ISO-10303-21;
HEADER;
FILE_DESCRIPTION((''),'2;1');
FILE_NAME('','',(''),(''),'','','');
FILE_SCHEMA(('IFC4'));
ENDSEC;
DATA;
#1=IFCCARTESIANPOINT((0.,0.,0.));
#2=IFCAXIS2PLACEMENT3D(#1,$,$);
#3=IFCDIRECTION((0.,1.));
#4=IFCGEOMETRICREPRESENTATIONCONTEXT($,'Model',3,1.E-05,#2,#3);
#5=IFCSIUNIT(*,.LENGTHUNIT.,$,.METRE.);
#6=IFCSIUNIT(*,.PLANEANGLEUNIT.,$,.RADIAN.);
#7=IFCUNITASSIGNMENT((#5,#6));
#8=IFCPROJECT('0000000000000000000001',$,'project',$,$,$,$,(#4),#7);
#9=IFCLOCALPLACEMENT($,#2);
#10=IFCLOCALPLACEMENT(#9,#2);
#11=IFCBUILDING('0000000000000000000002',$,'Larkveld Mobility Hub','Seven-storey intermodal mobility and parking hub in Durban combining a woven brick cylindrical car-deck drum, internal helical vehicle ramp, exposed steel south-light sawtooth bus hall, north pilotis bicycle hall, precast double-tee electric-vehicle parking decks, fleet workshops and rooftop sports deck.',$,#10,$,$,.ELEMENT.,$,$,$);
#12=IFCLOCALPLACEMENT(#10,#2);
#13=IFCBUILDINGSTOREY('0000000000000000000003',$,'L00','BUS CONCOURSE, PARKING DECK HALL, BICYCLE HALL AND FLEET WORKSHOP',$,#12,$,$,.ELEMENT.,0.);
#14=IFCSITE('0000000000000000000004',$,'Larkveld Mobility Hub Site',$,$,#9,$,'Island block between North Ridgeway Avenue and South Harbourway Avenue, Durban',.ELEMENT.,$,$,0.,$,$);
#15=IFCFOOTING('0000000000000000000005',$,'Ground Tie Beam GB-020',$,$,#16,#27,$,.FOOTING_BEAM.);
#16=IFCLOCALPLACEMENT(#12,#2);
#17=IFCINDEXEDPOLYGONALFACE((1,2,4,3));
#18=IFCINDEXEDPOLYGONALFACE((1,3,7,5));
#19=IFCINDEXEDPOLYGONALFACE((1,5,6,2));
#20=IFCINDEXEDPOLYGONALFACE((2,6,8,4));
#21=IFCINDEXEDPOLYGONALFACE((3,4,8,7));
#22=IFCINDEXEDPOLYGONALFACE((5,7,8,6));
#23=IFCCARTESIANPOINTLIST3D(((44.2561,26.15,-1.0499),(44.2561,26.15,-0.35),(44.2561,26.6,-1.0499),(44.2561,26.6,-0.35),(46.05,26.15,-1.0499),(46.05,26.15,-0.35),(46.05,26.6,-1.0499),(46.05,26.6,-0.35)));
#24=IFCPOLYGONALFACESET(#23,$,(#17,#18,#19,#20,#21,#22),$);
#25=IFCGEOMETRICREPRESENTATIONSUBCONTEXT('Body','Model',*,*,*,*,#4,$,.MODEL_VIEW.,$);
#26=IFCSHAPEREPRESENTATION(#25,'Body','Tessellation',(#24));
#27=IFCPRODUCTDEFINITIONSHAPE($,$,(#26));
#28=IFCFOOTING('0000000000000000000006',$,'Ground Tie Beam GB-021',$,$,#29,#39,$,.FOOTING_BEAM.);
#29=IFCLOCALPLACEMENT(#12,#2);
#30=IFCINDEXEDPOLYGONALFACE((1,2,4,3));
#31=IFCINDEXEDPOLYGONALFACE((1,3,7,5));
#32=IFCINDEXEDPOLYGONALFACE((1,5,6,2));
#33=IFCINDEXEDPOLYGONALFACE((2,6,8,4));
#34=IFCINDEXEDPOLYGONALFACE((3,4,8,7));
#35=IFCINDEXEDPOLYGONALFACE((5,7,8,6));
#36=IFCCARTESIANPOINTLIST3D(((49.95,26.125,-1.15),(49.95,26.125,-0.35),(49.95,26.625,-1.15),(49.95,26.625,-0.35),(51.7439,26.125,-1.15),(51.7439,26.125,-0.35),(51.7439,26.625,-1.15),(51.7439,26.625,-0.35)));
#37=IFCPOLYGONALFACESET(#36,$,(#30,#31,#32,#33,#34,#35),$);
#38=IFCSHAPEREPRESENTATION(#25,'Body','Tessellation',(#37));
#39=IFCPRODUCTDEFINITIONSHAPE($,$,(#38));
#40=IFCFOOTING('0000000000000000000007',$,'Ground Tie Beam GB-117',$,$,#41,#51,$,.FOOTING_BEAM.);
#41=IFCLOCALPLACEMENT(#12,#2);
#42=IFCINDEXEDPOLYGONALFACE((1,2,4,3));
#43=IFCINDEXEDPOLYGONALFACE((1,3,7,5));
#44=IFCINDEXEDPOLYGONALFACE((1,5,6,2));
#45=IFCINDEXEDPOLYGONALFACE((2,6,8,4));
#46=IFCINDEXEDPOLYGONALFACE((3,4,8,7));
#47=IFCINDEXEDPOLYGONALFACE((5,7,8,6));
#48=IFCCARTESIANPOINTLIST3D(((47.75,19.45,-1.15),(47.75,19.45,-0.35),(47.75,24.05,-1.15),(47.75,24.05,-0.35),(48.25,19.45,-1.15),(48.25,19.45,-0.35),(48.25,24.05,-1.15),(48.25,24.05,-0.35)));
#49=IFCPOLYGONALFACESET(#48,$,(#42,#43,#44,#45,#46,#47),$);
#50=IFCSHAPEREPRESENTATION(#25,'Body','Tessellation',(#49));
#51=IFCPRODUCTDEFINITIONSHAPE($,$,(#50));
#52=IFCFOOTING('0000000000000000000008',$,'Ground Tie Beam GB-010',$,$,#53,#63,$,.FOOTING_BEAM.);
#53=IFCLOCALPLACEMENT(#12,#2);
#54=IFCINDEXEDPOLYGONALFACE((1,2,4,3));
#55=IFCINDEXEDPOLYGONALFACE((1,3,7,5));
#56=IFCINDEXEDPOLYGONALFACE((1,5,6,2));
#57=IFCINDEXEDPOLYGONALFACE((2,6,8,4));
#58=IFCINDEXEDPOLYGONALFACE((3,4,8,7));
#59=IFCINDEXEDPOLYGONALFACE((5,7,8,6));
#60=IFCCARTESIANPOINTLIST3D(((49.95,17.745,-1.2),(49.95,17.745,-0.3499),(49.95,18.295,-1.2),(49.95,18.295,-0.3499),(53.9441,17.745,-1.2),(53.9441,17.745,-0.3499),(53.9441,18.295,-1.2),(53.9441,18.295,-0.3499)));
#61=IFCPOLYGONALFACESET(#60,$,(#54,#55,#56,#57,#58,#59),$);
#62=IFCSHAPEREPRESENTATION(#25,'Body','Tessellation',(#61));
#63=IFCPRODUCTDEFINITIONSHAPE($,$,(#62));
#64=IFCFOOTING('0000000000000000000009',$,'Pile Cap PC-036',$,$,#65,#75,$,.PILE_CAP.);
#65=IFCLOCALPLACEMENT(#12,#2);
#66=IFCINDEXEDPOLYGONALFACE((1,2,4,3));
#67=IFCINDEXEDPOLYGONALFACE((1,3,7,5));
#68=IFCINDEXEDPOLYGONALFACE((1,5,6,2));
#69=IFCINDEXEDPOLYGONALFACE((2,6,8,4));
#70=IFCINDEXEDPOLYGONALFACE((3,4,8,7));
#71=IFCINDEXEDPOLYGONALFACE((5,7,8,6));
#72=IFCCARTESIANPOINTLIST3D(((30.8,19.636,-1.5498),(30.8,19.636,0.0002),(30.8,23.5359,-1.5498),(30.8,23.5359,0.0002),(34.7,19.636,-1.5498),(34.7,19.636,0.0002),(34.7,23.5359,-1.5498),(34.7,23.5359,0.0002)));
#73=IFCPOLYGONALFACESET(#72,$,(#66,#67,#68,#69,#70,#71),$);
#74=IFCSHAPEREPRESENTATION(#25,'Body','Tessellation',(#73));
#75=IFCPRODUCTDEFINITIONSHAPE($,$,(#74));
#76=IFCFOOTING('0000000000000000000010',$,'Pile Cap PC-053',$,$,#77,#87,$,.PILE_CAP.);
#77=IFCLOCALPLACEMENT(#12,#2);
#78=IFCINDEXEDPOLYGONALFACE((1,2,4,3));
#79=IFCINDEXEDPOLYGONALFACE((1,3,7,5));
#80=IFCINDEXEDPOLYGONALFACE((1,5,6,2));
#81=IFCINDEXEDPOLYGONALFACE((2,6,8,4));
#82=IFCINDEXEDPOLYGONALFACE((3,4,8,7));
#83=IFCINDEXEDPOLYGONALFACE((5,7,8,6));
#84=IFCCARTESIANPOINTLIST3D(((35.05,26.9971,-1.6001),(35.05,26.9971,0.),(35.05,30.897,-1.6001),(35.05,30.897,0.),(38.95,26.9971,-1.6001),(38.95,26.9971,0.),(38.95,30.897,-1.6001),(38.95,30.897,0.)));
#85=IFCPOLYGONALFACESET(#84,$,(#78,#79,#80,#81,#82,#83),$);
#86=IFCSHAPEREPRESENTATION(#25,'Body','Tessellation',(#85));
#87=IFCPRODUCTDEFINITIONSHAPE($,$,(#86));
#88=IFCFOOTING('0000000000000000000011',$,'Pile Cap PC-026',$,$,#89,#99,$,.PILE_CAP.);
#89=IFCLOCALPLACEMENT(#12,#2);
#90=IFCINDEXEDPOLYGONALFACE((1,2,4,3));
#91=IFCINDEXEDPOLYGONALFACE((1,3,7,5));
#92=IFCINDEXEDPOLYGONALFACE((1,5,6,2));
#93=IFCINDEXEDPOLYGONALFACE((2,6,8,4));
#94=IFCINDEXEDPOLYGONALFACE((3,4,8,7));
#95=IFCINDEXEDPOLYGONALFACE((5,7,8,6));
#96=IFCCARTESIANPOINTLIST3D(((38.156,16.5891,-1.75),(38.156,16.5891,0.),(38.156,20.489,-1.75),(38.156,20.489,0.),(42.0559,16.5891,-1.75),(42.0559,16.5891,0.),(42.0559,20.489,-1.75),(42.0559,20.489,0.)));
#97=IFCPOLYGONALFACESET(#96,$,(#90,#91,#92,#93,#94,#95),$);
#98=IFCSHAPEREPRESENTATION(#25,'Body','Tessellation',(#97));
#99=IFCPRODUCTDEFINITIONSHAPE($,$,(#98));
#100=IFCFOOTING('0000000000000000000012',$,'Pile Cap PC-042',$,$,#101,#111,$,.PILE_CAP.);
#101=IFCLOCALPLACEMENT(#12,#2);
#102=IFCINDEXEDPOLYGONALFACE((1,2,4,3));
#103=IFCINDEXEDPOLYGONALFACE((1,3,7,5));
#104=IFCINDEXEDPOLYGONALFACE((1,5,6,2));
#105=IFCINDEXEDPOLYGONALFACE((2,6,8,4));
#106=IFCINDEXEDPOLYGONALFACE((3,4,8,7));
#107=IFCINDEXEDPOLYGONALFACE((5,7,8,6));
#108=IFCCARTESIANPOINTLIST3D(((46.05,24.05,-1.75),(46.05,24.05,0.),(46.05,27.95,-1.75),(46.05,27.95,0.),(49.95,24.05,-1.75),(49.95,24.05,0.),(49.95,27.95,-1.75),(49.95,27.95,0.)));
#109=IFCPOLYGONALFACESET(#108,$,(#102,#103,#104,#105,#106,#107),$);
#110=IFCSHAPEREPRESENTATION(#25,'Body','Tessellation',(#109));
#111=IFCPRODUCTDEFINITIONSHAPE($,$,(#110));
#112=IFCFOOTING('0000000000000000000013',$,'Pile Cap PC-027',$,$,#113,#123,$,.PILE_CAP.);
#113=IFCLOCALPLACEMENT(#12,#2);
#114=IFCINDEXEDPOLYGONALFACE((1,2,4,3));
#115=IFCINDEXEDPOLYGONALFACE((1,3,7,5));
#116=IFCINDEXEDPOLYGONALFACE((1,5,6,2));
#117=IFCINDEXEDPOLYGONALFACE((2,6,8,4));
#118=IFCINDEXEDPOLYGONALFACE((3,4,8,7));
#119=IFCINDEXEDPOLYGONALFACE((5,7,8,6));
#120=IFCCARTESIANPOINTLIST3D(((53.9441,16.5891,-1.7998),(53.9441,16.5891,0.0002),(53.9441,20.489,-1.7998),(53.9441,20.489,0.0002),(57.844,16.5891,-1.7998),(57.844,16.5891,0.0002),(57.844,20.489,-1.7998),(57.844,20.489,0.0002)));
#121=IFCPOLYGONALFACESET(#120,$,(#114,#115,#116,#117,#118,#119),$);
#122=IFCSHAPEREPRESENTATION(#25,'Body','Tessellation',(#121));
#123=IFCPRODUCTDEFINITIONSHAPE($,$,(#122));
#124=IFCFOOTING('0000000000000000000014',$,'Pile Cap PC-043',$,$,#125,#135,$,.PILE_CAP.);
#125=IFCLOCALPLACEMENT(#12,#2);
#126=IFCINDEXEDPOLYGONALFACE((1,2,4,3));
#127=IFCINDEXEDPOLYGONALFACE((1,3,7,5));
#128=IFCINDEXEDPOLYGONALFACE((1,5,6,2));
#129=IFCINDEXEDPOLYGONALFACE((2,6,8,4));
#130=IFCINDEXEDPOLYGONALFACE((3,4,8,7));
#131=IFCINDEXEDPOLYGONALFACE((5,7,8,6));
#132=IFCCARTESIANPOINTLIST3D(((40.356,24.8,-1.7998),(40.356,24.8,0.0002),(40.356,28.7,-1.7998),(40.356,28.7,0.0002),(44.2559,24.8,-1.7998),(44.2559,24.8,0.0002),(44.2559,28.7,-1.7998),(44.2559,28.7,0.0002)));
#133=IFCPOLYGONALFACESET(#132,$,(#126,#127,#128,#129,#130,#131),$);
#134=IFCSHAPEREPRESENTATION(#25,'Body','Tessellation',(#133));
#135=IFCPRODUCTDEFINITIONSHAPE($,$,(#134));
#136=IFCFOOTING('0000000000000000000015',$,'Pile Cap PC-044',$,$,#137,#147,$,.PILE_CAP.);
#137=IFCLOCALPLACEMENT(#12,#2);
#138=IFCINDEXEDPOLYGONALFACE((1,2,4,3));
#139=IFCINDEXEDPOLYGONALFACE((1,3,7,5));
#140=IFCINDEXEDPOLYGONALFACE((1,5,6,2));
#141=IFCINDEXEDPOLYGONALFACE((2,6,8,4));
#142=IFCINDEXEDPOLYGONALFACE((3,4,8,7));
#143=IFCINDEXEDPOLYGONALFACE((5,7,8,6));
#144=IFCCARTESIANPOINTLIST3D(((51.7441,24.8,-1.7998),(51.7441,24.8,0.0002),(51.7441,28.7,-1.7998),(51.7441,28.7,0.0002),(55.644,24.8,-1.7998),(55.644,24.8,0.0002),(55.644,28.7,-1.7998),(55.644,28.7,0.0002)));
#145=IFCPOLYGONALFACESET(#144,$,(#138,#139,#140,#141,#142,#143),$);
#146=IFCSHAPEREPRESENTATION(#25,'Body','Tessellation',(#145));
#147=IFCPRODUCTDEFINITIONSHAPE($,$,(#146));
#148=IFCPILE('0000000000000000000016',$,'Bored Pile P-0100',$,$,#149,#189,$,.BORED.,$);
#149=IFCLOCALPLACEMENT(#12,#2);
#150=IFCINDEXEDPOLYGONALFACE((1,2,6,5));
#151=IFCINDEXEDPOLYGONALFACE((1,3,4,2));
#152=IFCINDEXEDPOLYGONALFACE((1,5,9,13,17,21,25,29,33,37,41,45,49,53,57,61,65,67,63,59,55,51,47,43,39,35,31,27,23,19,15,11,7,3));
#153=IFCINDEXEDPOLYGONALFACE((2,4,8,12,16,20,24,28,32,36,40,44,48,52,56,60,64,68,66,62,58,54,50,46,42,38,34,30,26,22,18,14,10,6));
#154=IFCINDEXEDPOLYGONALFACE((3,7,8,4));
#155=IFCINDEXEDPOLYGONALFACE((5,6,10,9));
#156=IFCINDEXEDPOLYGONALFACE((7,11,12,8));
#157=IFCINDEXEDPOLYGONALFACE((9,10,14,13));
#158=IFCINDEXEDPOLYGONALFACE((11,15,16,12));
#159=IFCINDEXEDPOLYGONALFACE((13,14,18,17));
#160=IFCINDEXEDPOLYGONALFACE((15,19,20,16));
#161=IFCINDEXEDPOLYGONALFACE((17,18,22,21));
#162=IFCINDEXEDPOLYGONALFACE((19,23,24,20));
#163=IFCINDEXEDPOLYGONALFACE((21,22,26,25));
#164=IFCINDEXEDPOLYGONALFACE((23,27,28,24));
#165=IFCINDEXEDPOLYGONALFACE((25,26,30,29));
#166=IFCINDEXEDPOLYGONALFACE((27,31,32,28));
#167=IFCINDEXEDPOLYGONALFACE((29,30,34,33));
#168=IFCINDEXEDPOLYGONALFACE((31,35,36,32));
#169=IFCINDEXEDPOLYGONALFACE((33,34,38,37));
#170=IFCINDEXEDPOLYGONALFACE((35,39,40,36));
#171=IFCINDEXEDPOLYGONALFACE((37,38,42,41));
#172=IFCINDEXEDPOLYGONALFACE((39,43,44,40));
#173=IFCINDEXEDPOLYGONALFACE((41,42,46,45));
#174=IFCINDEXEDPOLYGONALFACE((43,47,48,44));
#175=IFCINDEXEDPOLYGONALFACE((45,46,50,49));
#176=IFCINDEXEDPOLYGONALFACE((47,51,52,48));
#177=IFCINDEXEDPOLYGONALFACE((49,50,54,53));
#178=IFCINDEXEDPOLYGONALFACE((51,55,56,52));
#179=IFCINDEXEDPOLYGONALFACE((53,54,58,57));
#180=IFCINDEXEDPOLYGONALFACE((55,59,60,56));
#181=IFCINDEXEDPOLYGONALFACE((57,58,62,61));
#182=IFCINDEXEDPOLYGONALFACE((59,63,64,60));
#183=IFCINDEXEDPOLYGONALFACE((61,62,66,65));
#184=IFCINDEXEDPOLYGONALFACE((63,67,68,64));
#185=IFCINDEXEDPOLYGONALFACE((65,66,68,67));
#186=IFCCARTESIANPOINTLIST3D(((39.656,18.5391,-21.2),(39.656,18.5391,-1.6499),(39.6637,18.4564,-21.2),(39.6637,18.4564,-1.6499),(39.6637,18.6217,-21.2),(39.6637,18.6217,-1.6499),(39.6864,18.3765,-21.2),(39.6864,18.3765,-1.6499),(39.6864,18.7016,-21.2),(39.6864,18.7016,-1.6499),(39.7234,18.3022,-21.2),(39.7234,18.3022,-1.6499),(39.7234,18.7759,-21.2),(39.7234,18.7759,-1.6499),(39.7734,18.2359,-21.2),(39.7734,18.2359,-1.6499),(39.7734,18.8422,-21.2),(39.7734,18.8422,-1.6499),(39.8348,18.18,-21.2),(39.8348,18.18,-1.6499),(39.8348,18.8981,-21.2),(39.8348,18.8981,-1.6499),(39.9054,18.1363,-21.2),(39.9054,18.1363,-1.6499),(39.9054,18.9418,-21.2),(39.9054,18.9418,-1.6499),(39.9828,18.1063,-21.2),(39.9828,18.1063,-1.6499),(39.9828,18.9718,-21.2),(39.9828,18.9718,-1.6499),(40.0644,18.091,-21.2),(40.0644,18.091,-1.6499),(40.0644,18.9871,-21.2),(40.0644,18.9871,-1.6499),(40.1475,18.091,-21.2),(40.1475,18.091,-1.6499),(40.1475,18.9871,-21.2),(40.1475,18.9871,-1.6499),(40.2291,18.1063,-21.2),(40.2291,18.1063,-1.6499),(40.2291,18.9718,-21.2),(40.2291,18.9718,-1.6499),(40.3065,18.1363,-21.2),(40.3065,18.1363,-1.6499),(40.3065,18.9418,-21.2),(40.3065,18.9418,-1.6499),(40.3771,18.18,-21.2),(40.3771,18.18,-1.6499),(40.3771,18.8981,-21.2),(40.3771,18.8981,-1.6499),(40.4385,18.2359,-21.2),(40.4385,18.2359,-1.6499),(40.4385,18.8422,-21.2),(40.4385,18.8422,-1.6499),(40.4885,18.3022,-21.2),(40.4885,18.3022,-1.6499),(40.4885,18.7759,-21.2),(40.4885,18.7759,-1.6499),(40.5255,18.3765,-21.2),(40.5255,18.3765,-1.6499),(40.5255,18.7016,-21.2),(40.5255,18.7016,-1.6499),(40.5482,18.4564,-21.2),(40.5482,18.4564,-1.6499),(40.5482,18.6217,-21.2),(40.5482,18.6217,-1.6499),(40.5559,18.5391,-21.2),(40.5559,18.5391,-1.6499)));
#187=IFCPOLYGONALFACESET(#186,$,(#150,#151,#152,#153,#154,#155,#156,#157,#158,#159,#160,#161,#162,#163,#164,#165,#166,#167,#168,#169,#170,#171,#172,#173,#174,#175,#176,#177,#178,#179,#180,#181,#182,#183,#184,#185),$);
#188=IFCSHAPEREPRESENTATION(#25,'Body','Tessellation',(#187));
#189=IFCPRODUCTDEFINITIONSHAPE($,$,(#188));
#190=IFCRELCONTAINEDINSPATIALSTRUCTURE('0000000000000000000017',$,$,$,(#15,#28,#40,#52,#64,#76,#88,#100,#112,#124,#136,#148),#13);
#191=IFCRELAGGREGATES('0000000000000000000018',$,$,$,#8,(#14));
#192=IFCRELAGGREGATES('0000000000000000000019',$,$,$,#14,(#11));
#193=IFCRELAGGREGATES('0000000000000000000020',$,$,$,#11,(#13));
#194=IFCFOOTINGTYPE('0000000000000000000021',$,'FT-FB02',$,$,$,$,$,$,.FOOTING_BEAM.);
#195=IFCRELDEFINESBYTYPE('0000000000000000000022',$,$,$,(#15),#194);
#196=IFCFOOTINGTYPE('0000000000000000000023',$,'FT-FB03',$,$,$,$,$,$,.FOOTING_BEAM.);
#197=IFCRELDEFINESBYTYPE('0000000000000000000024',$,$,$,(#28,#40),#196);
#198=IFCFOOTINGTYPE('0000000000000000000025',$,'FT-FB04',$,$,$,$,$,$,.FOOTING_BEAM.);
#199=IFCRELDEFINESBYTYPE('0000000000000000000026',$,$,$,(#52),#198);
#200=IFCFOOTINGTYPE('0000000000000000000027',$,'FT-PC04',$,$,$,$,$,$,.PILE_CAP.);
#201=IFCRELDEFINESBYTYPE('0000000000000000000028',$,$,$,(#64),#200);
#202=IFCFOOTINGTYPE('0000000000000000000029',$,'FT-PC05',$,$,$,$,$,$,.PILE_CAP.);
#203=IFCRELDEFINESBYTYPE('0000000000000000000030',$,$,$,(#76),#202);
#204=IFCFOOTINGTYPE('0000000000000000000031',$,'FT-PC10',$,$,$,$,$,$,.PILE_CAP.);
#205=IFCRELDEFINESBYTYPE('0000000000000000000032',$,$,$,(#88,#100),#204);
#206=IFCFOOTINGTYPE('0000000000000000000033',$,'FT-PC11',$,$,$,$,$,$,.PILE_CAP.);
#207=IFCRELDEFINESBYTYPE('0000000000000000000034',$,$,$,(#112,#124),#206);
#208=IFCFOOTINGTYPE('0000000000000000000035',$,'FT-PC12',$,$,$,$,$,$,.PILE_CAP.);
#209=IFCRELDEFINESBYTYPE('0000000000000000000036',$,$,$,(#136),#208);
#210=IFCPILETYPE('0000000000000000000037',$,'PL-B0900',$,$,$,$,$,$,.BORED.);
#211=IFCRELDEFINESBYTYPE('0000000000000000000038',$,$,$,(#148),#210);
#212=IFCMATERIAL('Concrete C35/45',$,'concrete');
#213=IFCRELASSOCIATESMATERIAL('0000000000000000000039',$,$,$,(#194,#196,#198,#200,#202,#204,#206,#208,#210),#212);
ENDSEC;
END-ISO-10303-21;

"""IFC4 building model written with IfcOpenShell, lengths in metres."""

from ifc_helpers import new_model, si_unit, direction, frame, origin, origin_2d, place, context, subcontext, project, spatial, rectangle, circle, extrude, material, material_profile, profile_set, type_object, element, save


model = new_model("IFC4")

# Units and contexts
model_context = context("Model", 3, precision=1e-05, world=origin(), true_north=direction((0.0, 1.0)))
body_context = subcontext(model_context, "Body", "Model", "MODEL_VIEW")
ifc_project = project(units=[si_unit("LENGTHUNIT", "METRE"), si_unit("PLANEANGLEUNIT", "RADIAN")], contexts=[model_context])

# Site, building, storey
site_placement = place(None, origin())
site = spatial("IfcSite", under=ifc_project, at=site_placement, Name="Larkveld Mobility Hub Site", LongName="Island block between North Ridgeway Avenue and South Harbourway Avenue, Durban", CompositionType="ELEMENT", RefElevation=0.0)
building_placement = place(site_placement, origin())
building = spatial("IfcBuilding", under=site, at=building_placement, Name="Larkveld Mobility Hub", Description="Seven-storey intermodal mobility and parking hub in Durban combining a woven brick cylindrical car-deck drum, internal helical vehicle ramp, exposed steel south-light sawtooth bus hall, north pilotis bicycle hall, precast double-tee electric-vehicle parking decks, fleet workshops and rooftop sports deck.", CompositionType="ELEMENT")
storey_placement = place(building_placement, origin())
storey = spatial("IfcBuildingStorey", under=building, at=storey_placement, Name="L00", Description="BUS CONCOURSE, PARKING DECK HALL, BICYCLE HALL AND FLEET WORKSHOP", CompositionType="ELEMENT", Elevation=0.0)

# Footings
ifc_material_1 = material(Name="Concrete C35/45", Category="concrete")
ifc_material_profile_1 = material_profile(ifc_material_1, rectangle(XDim=0.45, YDim=0.7, at=origin_2d()), Name="RC BM 450x700")
ifc_profile_set_1 = profile_set([ifc_material_profile_1], Name="Concrete C35/45")
footing_type_1 = type_object("IfcFootingType", Name="FT-FB02", PredefinedType="FOOTING_BEAM", material=ifc_profile_set_1)
footing_1_placement = place(storey_placement, frame((44.2561, 26.375, -0.7), z_axis=(1.0, 0.0, 0.0), x_axis=(0.0, 1.0, 0.0)))
element("IfcFooting", 1, at=footing_1_placement, inside=storey, type_object=footing_type_1, Name="Ground Tie Beam GB-020", PredefinedType="FOOTING_BEAM", context=body_context, shape_type="SweptSolid", body=[
    extrude(rectangle(XDim=0.45, YDim=0.7, at=origin_2d()), origin(), (0.0, 0.0, 1.0), 1.7939),
])
ifc_material_profile_2 = material_profile(ifc_material_1, rectangle(XDim=0.5, YDim=0.8, at=origin_2d()), Name="RC BM 500x800")
ifc_profile_set_2 = profile_set([ifc_material_profile_2], Name="Concrete C35/45")
footing_type_2 = type_object("IfcFootingType", Name="FT-FB03", PredefinedType="FOOTING_BEAM", material=ifc_profile_set_2)
footing_2_placement = place(storey_placement, frame((49.95, 26.375, -0.75), z_axis=(1.0, 0.0, 0.0), x_axis=(0.0, 1.0, 0.0)))
element("IfcFooting", 2, at=footing_2_placement, inside=storey, type_object=footing_type_2, Name="Ground Tie Beam GB-021", PredefinedType="FOOTING_BEAM", context=body_context, shape_type="SweptSolid", body=[
    extrude(rectangle(XDim=0.5, YDim=0.8, at=origin_2d()), origin(), (0.0, 0.0, 1.0), 1.7939),
])
footing_3_placement = place(storey_placement, frame((48.0, 19.45, -0.75), z_axis=(0.0, 1.0, 0.0), x_axis=(-1.0, 0.0, 0.0)))
element("IfcFooting", 3, at=footing_3_placement, inside=storey, type_object=footing_type_2, Name="Ground Tie Beam GB-117", PredefinedType="FOOTING_BEAM", context=body_context, shape_type="SweptSolid", body=[
    extrude(rectangle(XDim=0.5, YDim=0.8, at=origin_2d()), origin(), (0.0, 0.0, 1.0), 4.6001),
])
ifc_material_profile_3 = material_profile(ifc_material_1, rectangle(XDim=0.55, YDim=0.8501, at=origin_2d()), Name="RC BM 550x850")
ifc_profile_set_3 = profile_set([ifc_material_profile_3], Name="Concrete C35/45")
footing_type_3 = type_object("IfcFootingType", Name="FT-FB04", PredefinedType="FOOTING_BEAM", material=ifc_profile_set_3)
footing_4_placement = place(storey_placement, frame((49.95, 18.02, -0.7749), z_axis=(1.0, 0.0, 0.0), x_axis=(0.0, 1.0, 0.0)))
element("IfcFooting", 4, at=footing_4_placement, inside=storey, type_object=footing_type_3, Name="Ground Tie Beam GB-010", PredefinedType="FOOTING_BEAM", context=body_context, shape_type="SweptSolid", body=[
    extrude(rectangle(XDim=0.55, YDim=0.8501, at=origin_2d()), origin(), (0.0, 0.0, 1.0), 3.9941),
])
footing_type_4 = type_object("IfcFootingType", Name="FT-PC04", PredefinedType="PILE_CAP", material=ifc_material_1)
footing_5_placement = place(storey_placement, frame((32.75, 21.5859, -1.5498), z_axis=(0.0, 0.0, 1.0), x_axis=(1.0, 0.0, 0.0)))
element("IfcFooting", 5, at=footing_5_placement, inside=storey, type_object=footing_type_4, Name="Pile Cap PC-036", PredefinedType="PILE_CAP", context=body_context, shape_type="SweptSolid", body=[
    extrude(rectangle(XDim=3.8999, YDim=3.8999, at=origin_2d()), origin(), (0.0, 0.0, 1.0), 1.55),
])
footing_type_5 = type_object("IfcFootingType", Name="FT-PC05", PredefinedType="PILE_CAP", material=ifc_material_1)
footing_6_placement = place(storey_placement, frame((37.0, 28.947, -1.6001), z_axis=(0.0, 0.0, 1.0), x_axis=(1.0, 0.0, 0.0)))
element("IfcFooting", 6, at=footing_6_placement, inside=storey, type_object=footing_type_5, Name="Pile Cap PC-053", PredefinedType="PILE_CAP", context=body_context, shape_type="SweptSolid", body=[
    extrude(rectangle(XDim=3.8999, YDim=3.8999, at=origin_2d()), origin(), (0.0, 0.0, 1.0), 1.6001),
])
footing_type_6 = type_object("IfcFootingType", Name="FT-PC10", PredefinedType="PILE_CAP", material=ifc_material_1)
for number, where, z_axis, x_axis, name in (
    (7, (40.106, 18.5391, -1.75), (0.0, 0.0, 1.0), (1.0, 0.0, 0.0), "Pile Cap PC-026"),
    (8, (48.0, 26.0, -1.75), (0.0, 0.0, 1.0), (1.0, 0.0, 0.0), "Pile Cap PC-042"),
):
    element("IfcFooting", number, at=place(storey_placement, frame(where, z_axis=z_axis, x_axis=x_axis)), inside=storey, type_object=footing_type_6, Name=name, PredefinedType="PILE_CAP", context=body_context, shape_type="SweptSolid", body=[
        extrude(rectangle(XDim=3.8999, YDim=3.8999, at=origin_2d()), origin(), (0.0, 0.0, 1.0), 1.75),
    ])
footing_type_7 = type_object("IfcFootingType", Name="FT-PC11", PredefinedType="PILE_CAP", material=ifc_material_1)
for number, where, z_axis, x_axis, name in (
    (9, (55.894, 18.5391, -1.7998), (0.0, 0.0, 1.0), (1.0, 0.0, 0.0), "Pile Cap PC-027"),
    (10, (42.3059, 26.75, -1.7998), (0.0, 0.0, 1.0), (1.0, 0.0, 0.0), "Pile Cap PC-043"),
):
    element("IfcFooting", number, at=place(storey_placement, frame(where, z_axis=z_axis, x_axis=x_axis)), inside=storey, type_object=footing_type_7, Name=name, PredefinedType="PILE_CAP", context=body_context, shape_type="SweptSolid", body=[
        extrude(rectangle(XDim=3.8999, YDim=3.8999, at=origin_2d()), origin(), (0.0, 0.0, 1.0), 1.8),
    ])
footing_type_8 = type_object("IfcFootingType", Name="FT-PC12", PredefinedType="PILE_CAP", material=ifc_material_1)
footing_7_placement = place(storey_placement, frame((53.6941, 26.75, -1.7998), z_axis=(0.0, 0.0, 1.0), x_axis=(1.0, 0.0, 0.0)))
element("IfcFooting", 11, at=footing_7_placement, inside=storey, type_object=footing_type_8, Name="Pile Cap PC-044", PredefinedType="PILE_CAP", context=body_context, shape_type="SweptSolid", body=[
    extrude(rectangle(XDim=3.8999, YDim=3.8999, at=origin_2d()), origin(), (0.0, 0.0, 1.0), 1.8),
])

# Pile
ifc_material_profile_4 = material_profile(ifc_material_1, circle(Radius=0.45, at=origin_2d()), Name="PILE D900")
ifc_profile_set_4 = profile_set([ifc_material_profile_4], Name="Concrete C35/45")
pile_type = type_object("IfcPileType", Name="PL-B0900", PredefinedType="BORED", material=ifc_profile_set_4)
pile_1_placement = place(storey_placement, frame((40.106, 18.5391, -1.6499), z_axis=(0.0, 0.0, -1.0), x_axis=(1.0, 0.0, 0.0)))
element("IfcPile", 12, at=pile_1_placement, inside=storey, type_object=pile_type, Name="Bored Pile P-0100", PredefinedType="BORED", context=body_context, shape_type="SweptSolid", body=[
    extrude(circle(Radius=0.45, at=origin_2d()), origin(), (0.0, 0.0, 1.0), 19.55),
])

save(model, "model.ifc")
